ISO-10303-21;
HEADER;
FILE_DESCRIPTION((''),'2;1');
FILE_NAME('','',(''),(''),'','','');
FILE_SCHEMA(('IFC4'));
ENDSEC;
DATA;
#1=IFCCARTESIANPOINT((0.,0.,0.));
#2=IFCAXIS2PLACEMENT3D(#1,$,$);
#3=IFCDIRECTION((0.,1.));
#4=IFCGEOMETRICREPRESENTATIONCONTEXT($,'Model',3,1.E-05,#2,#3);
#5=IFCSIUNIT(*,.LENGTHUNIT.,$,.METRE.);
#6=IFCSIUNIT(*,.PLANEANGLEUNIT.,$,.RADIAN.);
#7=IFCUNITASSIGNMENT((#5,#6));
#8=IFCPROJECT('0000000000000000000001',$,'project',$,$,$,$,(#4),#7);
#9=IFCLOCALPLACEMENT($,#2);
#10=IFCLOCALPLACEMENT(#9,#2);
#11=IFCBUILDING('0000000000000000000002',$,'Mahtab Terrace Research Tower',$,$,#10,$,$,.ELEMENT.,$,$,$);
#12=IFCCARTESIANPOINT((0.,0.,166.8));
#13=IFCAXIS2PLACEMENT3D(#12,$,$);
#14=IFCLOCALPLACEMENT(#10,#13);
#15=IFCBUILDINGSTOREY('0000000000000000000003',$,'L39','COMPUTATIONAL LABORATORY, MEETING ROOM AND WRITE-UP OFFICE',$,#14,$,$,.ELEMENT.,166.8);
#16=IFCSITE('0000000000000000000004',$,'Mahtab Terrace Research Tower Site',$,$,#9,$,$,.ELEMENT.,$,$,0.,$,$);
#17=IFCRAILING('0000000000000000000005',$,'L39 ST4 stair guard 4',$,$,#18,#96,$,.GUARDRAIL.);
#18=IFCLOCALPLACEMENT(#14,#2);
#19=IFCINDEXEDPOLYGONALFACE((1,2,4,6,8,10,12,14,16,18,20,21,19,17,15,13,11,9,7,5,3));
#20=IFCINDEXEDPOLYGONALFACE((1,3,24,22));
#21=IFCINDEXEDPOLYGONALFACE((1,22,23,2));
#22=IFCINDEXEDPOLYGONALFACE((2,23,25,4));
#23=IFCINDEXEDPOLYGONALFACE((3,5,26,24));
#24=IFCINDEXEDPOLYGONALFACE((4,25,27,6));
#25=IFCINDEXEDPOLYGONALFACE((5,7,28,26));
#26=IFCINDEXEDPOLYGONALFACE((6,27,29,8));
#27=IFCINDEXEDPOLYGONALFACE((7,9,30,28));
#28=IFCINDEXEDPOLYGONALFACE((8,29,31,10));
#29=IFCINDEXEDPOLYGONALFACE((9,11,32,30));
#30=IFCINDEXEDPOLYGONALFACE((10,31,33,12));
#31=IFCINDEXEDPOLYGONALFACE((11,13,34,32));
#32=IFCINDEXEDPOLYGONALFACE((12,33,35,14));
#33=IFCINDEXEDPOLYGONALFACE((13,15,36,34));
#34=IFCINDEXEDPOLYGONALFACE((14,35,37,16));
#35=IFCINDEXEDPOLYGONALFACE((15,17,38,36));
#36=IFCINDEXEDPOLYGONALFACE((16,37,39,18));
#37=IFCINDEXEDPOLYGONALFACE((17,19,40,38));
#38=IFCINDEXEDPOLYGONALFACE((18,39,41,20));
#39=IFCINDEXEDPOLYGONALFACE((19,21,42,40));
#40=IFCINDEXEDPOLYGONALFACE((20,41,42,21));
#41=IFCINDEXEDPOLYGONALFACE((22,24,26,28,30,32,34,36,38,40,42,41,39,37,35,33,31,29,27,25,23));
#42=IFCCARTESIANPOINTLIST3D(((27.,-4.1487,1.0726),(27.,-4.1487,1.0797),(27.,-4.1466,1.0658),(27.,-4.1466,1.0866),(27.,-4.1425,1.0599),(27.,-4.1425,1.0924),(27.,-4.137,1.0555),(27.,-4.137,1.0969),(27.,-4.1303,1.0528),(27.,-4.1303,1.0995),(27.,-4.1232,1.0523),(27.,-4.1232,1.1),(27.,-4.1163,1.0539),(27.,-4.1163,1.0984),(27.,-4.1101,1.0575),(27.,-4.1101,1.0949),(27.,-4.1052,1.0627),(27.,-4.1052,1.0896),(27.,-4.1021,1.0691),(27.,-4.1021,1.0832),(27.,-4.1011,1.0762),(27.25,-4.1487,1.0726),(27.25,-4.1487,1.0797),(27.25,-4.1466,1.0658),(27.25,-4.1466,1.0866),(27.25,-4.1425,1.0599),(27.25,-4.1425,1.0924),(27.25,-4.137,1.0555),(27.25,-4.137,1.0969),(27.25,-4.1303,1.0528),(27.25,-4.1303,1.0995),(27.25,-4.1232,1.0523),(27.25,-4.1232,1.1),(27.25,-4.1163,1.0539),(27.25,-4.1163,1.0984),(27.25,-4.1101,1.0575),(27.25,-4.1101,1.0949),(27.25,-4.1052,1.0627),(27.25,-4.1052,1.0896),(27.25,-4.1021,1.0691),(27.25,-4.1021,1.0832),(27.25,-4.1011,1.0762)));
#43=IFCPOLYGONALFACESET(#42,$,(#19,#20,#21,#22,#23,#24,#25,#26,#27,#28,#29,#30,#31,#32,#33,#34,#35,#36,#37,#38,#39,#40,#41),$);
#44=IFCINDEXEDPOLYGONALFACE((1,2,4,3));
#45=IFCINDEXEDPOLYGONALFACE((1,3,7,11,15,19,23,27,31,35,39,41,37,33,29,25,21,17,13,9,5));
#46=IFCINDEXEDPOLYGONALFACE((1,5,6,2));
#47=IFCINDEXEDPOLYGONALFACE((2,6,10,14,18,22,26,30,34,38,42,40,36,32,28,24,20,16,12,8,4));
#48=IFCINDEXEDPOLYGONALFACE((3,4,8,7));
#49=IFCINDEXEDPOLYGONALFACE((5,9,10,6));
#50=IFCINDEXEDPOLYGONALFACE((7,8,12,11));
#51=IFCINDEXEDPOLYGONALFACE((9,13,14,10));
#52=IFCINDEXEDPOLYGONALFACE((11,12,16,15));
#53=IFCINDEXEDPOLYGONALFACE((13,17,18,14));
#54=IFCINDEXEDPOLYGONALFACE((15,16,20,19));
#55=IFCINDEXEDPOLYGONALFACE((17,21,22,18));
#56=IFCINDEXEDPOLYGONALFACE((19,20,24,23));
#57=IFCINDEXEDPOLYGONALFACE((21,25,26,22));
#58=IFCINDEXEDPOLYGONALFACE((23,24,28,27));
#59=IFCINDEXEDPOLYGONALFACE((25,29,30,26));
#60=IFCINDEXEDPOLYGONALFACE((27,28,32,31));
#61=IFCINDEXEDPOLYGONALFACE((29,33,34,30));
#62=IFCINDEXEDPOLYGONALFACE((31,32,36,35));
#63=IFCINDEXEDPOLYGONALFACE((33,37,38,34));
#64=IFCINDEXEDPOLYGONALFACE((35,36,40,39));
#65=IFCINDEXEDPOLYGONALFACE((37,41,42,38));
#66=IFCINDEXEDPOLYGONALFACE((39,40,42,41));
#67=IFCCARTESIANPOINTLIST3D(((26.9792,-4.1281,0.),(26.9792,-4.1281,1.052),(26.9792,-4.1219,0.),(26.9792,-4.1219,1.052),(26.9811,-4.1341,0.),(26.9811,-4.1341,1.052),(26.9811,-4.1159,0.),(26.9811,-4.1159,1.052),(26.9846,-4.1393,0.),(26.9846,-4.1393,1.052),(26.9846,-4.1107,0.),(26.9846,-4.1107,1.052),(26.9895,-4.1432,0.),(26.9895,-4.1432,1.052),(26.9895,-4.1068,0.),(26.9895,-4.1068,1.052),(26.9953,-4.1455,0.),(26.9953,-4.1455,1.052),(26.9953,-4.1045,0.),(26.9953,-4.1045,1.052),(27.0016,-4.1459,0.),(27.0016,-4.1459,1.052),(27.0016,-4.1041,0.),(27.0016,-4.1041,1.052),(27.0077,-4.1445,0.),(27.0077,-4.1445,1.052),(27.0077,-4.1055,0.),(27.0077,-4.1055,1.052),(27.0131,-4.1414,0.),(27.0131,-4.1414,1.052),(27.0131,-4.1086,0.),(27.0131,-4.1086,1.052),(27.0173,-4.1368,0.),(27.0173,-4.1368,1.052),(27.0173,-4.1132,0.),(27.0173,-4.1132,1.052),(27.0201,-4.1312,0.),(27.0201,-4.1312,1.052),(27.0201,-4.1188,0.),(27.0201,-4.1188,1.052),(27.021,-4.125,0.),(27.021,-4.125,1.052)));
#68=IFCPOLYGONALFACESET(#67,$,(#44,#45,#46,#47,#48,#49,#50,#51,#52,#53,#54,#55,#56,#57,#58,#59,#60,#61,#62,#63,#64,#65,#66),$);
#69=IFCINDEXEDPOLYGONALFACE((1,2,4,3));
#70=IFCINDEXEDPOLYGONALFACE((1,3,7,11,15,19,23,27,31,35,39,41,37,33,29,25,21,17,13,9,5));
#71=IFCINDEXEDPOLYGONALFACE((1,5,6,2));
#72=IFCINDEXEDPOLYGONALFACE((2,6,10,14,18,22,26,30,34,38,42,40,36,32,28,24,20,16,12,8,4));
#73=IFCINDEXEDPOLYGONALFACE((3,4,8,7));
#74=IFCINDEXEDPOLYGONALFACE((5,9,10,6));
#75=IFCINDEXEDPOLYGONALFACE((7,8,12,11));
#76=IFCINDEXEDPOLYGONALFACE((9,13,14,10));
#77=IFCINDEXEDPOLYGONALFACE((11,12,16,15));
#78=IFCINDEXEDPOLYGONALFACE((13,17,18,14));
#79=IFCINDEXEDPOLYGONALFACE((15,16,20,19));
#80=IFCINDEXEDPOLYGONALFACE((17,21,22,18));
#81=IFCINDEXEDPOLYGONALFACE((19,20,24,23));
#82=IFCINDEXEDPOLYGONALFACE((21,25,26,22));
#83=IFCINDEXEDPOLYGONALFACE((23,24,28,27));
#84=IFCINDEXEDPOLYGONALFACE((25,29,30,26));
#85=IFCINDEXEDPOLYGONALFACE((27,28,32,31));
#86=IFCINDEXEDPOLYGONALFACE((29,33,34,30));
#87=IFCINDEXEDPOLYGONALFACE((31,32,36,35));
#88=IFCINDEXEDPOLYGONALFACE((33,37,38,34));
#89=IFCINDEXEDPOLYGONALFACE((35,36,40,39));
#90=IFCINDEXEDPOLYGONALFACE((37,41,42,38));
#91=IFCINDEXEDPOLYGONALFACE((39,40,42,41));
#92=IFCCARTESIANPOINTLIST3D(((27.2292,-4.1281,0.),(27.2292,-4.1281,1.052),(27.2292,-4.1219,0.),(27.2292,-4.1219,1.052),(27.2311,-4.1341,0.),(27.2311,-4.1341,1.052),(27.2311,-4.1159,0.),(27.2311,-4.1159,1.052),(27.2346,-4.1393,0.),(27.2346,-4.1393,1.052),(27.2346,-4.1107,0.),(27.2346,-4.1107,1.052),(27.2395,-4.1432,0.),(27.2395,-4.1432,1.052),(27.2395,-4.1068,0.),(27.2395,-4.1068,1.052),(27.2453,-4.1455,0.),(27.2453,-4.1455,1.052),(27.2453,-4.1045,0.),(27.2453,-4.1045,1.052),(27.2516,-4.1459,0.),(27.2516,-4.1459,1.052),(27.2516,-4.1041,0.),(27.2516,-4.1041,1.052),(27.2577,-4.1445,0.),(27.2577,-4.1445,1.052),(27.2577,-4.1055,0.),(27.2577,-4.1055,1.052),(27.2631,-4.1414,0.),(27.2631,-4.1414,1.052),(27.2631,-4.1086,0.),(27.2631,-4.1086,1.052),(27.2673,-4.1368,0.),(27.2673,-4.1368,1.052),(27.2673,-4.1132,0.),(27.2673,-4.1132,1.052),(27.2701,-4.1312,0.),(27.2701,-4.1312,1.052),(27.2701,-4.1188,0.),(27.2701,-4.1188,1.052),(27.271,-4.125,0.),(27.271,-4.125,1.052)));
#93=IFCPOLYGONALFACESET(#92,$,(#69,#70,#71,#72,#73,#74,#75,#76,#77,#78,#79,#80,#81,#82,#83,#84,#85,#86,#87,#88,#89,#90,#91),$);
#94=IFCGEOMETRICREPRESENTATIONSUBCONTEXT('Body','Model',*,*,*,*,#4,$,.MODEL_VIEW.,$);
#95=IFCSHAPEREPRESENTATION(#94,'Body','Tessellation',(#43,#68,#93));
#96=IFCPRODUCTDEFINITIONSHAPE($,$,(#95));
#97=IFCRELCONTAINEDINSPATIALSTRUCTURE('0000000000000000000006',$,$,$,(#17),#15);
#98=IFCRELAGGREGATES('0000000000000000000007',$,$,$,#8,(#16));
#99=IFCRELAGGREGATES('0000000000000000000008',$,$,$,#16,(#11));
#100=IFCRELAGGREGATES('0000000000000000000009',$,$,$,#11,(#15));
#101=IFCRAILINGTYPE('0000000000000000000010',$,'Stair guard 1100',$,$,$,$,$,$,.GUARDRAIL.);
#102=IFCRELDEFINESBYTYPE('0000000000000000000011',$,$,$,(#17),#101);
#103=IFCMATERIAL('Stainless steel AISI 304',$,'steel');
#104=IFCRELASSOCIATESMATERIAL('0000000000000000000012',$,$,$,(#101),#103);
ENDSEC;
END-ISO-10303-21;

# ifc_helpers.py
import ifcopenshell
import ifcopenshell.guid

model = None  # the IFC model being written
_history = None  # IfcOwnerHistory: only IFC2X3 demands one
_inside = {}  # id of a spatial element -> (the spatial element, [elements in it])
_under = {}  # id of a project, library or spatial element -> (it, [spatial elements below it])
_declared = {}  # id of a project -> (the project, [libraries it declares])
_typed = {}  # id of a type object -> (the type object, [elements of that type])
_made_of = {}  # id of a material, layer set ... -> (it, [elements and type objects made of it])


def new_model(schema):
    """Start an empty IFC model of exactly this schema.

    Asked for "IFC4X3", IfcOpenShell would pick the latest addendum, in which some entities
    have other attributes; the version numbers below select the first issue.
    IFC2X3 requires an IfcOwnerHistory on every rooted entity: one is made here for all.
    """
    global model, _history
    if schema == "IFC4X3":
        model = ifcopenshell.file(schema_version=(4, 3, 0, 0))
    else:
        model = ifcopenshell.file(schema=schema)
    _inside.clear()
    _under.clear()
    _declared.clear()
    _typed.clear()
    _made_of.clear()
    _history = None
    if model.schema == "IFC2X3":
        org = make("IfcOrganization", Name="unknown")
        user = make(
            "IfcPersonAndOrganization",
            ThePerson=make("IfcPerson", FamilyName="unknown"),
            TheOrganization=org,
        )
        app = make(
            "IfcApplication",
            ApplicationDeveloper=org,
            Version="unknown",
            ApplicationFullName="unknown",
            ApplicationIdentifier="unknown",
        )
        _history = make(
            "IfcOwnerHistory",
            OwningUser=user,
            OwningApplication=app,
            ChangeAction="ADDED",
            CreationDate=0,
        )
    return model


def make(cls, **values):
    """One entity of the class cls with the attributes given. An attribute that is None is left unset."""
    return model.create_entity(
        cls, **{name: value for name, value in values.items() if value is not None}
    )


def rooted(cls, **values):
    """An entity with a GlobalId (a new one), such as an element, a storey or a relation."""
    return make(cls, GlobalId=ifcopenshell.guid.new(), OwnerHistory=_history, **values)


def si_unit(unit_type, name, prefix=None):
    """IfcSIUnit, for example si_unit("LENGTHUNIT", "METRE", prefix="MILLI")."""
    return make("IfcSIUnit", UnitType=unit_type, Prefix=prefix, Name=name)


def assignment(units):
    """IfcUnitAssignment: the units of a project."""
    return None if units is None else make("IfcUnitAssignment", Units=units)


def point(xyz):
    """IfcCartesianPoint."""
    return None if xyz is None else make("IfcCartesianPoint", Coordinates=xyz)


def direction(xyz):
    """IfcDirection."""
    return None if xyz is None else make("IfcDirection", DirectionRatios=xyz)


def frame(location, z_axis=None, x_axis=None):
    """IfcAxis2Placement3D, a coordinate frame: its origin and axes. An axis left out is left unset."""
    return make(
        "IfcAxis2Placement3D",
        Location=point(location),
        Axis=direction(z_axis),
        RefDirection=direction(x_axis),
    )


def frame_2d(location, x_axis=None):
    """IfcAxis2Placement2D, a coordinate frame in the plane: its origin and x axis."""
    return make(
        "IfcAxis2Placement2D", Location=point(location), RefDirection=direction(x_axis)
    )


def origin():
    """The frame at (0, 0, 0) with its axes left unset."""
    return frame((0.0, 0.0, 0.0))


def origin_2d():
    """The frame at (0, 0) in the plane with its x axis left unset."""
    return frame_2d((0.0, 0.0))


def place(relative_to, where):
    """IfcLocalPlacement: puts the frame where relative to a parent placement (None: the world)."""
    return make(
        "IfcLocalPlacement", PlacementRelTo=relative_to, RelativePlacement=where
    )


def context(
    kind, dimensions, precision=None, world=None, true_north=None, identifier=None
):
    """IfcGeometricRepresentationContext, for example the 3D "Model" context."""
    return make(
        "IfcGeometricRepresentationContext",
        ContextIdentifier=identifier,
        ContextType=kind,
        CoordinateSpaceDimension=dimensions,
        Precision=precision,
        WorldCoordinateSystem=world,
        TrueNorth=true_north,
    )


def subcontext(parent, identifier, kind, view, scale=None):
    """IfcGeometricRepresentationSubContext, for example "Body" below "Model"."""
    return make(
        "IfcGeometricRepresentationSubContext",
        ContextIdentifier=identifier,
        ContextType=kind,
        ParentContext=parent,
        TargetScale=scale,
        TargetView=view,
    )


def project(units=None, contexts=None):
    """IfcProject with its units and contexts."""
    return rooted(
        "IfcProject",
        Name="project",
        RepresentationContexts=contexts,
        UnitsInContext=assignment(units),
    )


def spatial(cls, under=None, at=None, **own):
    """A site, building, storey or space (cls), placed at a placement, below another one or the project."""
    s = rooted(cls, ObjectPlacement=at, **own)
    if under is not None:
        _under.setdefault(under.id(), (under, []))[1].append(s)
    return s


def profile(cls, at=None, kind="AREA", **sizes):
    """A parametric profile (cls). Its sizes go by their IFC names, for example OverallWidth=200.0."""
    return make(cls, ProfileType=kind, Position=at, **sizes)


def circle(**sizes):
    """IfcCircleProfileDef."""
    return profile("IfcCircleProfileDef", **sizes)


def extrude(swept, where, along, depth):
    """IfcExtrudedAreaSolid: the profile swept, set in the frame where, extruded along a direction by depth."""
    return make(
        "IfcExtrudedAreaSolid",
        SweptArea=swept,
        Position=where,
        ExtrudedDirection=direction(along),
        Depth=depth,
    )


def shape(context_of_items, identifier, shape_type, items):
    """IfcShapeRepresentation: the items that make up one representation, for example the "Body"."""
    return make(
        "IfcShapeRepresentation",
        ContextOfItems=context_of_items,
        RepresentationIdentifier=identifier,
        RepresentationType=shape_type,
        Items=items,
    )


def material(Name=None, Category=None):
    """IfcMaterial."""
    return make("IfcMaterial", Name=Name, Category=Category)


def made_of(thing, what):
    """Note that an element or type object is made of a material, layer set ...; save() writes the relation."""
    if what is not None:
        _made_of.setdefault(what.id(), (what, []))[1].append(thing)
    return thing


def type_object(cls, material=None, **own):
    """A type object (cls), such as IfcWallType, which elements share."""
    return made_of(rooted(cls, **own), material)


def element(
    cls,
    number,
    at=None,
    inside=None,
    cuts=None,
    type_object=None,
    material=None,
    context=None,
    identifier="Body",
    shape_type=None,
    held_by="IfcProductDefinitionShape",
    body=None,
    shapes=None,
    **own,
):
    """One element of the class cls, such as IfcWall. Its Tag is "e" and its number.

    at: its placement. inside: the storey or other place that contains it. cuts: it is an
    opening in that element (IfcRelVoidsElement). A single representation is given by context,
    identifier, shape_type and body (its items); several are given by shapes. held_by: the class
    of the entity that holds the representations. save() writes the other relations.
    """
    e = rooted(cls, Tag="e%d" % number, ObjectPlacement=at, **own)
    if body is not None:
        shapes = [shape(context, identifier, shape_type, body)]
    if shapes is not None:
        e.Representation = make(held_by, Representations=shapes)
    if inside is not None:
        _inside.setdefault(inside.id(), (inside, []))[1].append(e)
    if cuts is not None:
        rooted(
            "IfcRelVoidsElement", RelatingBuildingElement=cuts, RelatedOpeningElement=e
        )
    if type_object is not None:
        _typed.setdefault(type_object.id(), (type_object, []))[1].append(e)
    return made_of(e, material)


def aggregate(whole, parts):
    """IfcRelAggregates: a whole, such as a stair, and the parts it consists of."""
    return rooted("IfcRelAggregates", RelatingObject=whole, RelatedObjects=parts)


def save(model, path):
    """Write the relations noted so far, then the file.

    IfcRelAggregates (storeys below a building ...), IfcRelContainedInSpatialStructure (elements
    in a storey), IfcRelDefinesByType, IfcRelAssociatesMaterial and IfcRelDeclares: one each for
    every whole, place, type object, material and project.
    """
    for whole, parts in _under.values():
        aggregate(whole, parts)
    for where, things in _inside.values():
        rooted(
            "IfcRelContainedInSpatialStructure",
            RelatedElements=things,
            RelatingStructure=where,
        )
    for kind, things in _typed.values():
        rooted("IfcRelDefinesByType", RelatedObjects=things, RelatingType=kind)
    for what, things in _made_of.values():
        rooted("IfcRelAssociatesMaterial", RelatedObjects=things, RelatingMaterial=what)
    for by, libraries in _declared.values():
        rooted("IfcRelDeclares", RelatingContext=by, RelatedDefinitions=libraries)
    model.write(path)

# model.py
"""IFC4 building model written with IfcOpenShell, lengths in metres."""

from ifc_helpers import new_model, si_unit, direction, frame, origin, origin_2d, place, context, subcontext, project, spatial, circle, extrude, material, type_object, element, save


model = new_model("IFC4")

# Units and contexts
model_context = context("Model", 3, precision=1e-05, world=origin(), true_north=direction((0.0, 1.0)))
body_context = subcontext(model_context, "Body", "Model", "MODEL_VIEW")
ifc_project = project(units=[si_unit("LENGTHUNIT", "METRE"), si_unit("PLANEANGLEUNIT", "RADIAN")], contexts=[model_context])

# Site, building, storey
site_placement = place(None, origin())
site = spatial("IfcSite", under=ifc_project, at=site_placement, Name="Mahtab Terrace Research Tower Site", CompositionType="ELEMENT", RefElevation=0.0)
building_placement = place(site_placement, origin())
building = spatial("IfcBuilding", under=site, at=building_placement, Name="Mahtab Terrace Research Tower", CompositionType="ELEMENT")
storey_placement = place(building_placement, frame((0.0, 0.0, 166.8)))
storey = spatial("IfcBuildingStorey", under=building, at=storey_placement, Name="L39", Description="COMPUTATIONAL LABORATORY, MEETING ROOM AND WRITE-UP OFFICE", CompositionType="ELEMENT", Elevation=166.8)

# Railing
ifc_material_1 = material(Name="Stainless steel AISI 304", Category="steel")
railing_type_1 = type_object("IfcRailingType", Name="Stair guard 1100", PredefinedType="GUARDRAIL", material=ifc_material_1)
railing_1_placement = place(storey_placement, frame((27.0, -4.125, 0.0)))
element("IfcRailing", 1, at=railing_1_placement, inside=storey, type_object=railing_type_1, Name="L39 ST4 stair guard 4", PredefinedType="GUARDRAIL", context=body_context, shape_type="SweptSolid", body=[
    extrude(circle(Radius=0.0239, at=origin_2d()), frame((0.0, 0.0, 1.0762), z_axis=(1.0, 0.0, 0.0), x_axis=(0.0, 1.0, 0.0)), (0.0, 0.0, 1.0), 0.25),
    extrude(circle(Radius=0.021, at=origin_2d()), origin(), (0.0, 0.0, 1.0), 1.052),
    extrude(circle(Radius=0.021, at=origin_2d()), frame((0.25, 0.0, 0.0)), (0.0, 0.0, 1.0), 1.052),
])

save(model, "model.ifc")
